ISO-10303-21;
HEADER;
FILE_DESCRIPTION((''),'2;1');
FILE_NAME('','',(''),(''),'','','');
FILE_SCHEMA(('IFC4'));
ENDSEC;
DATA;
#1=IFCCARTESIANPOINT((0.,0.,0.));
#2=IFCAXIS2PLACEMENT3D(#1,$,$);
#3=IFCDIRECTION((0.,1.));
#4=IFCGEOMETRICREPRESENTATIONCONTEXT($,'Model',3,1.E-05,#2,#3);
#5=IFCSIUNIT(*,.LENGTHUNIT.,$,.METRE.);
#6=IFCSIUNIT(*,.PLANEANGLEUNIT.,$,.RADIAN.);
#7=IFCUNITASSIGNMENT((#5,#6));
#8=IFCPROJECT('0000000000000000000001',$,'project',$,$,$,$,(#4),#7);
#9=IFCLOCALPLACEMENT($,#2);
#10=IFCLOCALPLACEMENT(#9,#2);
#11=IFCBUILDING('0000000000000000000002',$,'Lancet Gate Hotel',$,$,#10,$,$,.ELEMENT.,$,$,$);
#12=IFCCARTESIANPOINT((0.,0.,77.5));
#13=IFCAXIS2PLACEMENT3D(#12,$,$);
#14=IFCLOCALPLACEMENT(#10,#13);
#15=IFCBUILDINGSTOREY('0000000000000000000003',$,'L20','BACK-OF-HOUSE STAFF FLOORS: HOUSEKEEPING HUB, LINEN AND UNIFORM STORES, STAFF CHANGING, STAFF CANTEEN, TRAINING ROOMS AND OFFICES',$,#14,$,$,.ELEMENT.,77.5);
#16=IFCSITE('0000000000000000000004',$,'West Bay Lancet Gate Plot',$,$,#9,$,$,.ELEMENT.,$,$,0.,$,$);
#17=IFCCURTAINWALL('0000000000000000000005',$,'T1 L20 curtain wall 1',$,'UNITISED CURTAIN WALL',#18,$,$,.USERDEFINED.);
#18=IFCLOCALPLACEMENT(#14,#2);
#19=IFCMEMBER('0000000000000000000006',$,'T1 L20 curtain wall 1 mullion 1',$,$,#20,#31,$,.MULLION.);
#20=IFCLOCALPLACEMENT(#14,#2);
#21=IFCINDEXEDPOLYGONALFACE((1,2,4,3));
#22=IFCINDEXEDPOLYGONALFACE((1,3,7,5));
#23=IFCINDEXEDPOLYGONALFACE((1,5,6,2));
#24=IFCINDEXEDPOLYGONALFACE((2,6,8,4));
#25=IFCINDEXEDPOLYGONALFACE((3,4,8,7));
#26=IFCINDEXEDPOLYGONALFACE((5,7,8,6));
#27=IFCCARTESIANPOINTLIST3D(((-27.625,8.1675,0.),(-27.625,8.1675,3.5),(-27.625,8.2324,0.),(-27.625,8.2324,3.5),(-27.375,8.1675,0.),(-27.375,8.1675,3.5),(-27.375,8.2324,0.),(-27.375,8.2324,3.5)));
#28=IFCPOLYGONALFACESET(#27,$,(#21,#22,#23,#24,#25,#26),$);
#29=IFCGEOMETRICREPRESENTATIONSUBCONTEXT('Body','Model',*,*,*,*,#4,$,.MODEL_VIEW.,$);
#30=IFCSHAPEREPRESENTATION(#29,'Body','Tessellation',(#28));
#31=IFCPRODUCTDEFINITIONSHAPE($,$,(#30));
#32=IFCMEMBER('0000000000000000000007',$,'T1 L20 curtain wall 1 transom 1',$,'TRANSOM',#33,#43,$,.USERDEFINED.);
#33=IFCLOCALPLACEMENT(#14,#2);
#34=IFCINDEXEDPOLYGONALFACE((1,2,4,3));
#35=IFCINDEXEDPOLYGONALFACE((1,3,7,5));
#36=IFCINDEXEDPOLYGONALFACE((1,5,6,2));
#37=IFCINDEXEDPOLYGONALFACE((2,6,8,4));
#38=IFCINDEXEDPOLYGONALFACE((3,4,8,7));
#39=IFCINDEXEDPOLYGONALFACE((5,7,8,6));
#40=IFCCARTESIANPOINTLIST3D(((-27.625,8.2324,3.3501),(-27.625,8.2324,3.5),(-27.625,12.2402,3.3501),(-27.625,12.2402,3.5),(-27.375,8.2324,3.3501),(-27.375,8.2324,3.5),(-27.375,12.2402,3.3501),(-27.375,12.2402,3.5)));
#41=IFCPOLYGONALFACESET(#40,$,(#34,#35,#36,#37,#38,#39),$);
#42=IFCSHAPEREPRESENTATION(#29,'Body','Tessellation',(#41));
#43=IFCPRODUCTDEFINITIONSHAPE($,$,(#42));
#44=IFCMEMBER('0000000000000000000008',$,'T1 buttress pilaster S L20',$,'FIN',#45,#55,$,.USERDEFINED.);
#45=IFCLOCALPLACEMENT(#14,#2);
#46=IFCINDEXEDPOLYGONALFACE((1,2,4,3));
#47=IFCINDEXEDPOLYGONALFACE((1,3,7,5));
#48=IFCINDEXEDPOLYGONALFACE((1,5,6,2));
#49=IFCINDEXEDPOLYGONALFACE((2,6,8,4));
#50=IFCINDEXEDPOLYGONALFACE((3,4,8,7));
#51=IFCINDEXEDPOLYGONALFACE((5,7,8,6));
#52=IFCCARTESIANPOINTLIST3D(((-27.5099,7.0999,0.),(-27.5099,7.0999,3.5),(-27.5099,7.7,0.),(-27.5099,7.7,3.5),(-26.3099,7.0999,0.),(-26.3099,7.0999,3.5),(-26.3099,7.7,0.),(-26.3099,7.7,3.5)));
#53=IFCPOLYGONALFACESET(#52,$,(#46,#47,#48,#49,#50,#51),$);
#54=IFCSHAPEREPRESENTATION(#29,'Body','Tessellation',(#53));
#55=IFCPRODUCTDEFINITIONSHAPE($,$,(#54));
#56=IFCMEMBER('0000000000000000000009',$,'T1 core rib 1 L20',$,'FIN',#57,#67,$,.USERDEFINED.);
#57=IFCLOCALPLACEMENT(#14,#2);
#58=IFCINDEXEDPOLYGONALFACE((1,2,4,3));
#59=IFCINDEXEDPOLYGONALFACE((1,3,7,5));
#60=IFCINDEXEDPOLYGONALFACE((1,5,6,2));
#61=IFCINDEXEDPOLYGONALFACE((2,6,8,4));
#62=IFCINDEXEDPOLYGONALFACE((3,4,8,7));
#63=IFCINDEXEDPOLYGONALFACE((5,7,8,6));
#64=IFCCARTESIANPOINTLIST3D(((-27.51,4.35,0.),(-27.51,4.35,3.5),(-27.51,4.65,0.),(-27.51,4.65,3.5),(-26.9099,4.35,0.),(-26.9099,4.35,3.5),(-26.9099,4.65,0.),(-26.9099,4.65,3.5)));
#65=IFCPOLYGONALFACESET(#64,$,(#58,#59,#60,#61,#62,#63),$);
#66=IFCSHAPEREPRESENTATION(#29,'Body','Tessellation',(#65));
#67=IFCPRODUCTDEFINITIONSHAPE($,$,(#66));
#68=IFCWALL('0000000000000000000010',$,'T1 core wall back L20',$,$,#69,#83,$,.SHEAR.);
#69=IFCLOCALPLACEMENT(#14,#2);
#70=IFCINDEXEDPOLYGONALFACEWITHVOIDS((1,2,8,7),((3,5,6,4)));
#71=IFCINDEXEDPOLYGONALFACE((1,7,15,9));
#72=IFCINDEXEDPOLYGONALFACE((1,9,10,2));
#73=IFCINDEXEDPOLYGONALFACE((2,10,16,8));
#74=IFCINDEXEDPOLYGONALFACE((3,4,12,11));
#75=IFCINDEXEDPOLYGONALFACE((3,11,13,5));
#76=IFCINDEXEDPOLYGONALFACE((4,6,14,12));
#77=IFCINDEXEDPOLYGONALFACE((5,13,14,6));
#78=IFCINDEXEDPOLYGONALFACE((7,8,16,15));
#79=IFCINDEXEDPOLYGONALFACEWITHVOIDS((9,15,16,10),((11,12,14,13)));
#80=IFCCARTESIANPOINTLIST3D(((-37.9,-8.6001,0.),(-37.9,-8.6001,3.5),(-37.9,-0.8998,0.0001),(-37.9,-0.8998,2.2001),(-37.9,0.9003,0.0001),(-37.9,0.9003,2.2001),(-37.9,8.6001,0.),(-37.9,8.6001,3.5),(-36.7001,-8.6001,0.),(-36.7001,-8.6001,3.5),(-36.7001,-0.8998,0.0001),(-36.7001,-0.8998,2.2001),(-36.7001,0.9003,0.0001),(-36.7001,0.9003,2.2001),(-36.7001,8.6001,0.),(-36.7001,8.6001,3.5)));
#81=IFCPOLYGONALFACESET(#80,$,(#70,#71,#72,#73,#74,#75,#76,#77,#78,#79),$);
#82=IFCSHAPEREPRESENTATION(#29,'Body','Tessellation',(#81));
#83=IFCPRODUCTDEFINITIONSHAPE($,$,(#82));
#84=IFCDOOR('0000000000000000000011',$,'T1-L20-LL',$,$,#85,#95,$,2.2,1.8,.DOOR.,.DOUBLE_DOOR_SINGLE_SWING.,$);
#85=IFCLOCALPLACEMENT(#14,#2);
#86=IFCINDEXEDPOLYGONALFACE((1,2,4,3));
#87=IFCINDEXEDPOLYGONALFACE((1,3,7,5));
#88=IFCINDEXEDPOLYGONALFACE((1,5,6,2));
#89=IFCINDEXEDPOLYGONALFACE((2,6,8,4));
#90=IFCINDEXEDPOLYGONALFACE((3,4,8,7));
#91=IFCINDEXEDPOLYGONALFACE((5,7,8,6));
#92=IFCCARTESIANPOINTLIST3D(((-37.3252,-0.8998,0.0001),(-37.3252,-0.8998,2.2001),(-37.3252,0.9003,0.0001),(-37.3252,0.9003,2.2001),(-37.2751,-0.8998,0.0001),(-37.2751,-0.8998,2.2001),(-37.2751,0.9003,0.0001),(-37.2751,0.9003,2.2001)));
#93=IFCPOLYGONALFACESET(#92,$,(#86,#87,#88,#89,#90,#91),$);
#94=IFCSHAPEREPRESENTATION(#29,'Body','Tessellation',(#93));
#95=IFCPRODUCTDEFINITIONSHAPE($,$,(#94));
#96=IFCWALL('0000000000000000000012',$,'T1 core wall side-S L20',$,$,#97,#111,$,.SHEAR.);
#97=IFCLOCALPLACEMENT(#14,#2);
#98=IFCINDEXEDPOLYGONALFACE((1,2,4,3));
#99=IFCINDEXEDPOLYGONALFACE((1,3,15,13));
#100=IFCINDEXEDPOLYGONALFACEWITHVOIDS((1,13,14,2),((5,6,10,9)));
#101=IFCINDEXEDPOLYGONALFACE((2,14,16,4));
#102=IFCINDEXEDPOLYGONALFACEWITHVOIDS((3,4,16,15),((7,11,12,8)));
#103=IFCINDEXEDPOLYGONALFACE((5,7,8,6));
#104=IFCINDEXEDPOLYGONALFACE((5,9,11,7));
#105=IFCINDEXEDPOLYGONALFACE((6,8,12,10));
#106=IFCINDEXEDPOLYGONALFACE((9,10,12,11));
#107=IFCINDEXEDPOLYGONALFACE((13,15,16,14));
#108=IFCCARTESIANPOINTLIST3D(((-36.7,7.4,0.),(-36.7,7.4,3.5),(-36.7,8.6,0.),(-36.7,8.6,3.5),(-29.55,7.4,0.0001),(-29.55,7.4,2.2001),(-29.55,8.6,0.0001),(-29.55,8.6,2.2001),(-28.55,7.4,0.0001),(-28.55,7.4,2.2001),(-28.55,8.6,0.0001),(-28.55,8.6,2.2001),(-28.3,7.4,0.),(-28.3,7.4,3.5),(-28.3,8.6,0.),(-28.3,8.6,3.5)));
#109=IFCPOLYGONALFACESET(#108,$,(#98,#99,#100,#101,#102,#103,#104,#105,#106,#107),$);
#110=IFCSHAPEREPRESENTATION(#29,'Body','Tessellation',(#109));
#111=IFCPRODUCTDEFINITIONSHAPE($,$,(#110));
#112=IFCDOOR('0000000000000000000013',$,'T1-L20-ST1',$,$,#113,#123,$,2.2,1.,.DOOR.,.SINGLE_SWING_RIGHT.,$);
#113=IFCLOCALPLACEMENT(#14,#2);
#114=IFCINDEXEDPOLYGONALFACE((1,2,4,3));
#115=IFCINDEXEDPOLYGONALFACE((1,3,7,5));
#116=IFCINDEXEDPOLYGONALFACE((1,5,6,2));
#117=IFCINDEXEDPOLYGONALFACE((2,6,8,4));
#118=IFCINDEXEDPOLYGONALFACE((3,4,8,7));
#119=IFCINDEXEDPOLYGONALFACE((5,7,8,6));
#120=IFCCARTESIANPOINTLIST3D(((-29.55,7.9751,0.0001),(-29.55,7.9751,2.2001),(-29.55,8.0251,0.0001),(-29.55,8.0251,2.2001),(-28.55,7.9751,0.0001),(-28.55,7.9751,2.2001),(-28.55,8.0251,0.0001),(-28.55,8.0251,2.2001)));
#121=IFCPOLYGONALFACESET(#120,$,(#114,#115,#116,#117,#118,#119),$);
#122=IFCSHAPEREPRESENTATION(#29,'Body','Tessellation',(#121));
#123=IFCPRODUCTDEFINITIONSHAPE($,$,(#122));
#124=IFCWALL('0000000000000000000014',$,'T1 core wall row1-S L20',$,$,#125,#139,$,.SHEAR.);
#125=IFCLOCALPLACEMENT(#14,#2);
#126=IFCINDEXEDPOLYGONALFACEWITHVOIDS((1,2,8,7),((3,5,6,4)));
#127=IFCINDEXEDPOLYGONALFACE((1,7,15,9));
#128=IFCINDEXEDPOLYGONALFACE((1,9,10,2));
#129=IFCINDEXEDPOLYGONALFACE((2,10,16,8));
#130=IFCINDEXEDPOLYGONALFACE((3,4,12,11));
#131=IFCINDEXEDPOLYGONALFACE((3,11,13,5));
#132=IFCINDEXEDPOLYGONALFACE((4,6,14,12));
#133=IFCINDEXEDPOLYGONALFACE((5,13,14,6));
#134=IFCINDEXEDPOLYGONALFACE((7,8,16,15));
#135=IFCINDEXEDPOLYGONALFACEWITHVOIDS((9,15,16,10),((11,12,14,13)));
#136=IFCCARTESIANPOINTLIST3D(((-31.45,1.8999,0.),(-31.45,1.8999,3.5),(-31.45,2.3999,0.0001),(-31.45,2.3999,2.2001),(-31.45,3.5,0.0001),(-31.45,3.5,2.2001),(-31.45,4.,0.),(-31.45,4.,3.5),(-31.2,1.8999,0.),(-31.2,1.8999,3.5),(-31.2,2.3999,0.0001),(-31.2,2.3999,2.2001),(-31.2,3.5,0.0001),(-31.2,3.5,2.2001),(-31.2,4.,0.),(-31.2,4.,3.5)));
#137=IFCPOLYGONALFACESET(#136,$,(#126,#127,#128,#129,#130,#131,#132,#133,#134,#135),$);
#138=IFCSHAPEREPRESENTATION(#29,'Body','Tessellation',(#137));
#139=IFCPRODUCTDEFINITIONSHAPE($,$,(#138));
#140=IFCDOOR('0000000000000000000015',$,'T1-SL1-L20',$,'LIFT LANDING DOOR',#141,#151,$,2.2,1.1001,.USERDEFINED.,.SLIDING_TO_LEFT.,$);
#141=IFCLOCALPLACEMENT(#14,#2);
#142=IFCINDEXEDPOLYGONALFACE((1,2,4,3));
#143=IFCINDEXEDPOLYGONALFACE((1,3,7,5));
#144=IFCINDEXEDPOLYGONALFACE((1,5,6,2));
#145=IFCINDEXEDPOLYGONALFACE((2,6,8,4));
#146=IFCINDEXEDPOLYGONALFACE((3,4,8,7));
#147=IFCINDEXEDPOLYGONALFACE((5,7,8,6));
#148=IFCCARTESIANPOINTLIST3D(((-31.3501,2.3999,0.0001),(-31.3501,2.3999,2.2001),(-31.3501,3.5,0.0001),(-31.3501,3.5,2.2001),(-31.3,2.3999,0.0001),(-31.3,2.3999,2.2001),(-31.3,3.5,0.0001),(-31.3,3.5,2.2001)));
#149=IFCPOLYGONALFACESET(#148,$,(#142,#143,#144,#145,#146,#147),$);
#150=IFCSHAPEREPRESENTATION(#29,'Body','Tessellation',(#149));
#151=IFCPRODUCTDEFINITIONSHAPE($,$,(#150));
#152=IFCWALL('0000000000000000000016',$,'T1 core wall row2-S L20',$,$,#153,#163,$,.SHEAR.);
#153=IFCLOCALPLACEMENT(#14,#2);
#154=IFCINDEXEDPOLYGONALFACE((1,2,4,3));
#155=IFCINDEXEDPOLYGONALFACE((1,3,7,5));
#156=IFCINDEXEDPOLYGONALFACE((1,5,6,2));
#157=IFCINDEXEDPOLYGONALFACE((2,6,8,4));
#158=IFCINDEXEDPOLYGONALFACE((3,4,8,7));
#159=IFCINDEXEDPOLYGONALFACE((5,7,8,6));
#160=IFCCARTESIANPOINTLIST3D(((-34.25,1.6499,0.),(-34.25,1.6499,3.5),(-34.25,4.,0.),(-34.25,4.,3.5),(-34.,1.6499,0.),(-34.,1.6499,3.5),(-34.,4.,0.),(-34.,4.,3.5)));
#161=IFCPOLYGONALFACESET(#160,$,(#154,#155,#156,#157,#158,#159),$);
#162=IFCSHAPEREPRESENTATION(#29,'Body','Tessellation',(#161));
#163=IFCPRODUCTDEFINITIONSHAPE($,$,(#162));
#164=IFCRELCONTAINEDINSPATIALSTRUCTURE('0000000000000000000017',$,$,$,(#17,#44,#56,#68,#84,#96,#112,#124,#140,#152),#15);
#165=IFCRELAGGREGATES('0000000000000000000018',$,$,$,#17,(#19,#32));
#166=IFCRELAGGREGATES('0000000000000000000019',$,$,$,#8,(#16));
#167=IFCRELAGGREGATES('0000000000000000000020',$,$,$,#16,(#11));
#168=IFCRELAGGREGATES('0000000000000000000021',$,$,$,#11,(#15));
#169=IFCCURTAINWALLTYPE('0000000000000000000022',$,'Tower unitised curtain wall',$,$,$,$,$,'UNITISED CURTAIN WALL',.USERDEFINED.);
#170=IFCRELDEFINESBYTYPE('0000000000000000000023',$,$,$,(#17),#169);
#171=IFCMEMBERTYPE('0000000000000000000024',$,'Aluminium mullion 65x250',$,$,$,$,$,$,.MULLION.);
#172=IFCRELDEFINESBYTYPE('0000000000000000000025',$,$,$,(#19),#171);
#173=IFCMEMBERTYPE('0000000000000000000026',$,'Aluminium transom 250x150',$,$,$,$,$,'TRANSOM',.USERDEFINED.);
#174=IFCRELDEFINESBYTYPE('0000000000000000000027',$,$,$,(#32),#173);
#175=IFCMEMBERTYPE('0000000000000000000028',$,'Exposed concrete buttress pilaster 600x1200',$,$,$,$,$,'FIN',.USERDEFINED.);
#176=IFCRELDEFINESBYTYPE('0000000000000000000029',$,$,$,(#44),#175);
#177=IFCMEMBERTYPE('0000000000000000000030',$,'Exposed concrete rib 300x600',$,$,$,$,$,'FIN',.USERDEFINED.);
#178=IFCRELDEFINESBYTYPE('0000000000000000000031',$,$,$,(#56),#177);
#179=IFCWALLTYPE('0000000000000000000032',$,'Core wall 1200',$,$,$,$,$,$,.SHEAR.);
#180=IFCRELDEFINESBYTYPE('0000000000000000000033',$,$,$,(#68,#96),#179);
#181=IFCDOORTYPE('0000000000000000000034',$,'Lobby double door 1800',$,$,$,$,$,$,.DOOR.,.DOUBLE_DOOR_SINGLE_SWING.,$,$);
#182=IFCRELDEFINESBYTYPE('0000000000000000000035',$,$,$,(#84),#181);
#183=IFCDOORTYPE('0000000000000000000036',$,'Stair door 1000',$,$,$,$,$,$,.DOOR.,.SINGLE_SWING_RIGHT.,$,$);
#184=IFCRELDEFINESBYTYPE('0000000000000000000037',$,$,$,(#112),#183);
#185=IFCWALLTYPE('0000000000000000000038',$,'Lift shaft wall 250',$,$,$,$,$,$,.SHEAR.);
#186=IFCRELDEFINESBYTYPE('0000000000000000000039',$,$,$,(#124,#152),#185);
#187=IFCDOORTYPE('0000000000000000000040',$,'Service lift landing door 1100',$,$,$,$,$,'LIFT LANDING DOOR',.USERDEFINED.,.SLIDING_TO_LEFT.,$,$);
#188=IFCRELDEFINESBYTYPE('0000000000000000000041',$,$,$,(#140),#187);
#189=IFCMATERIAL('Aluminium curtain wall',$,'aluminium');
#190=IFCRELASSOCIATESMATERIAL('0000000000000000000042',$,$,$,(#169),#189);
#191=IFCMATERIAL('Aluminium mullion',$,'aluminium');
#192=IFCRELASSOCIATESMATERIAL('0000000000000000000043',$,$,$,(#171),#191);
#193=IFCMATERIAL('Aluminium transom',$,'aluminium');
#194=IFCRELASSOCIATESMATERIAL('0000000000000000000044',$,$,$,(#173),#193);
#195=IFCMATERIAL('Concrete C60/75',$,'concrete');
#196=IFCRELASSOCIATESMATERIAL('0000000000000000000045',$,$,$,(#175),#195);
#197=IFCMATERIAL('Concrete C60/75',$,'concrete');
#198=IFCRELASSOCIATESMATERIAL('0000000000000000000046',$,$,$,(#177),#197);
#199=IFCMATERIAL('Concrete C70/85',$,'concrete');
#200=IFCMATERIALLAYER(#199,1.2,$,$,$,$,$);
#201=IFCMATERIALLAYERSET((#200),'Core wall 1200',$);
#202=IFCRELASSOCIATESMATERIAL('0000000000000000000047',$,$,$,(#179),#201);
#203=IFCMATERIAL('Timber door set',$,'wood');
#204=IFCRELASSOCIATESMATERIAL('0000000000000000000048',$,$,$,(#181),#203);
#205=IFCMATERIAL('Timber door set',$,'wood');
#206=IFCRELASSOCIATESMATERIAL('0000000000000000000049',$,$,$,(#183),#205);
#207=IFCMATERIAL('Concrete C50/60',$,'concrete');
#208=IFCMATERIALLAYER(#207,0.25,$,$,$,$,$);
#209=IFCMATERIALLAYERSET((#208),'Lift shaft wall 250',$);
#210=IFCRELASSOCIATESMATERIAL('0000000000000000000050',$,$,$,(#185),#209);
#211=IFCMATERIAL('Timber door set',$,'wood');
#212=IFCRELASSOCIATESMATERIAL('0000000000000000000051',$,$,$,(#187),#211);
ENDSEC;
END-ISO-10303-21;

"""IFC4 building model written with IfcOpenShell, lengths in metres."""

from ifc_helpers import new_model, si_unit, direction, frame, frame_2d, origin, origin_2d, place, context, subcontext, project, spatial, rectangle, extrude, material, layer, layer_set, material_profile, profile_set, type_object, element, fill, aggregate, save


model = new_model("IFC4")

# Units and contexts
model_context = context("Model", 3, precision=1e-05, world=origin(), true_north=direction((0.0, 1.0)))
body_context = subcontext(model_context, "Body", "Model", "MODEL_VIEW")
ifc_project = project(units=[si_unit("LENGTHUNIT", "METRE"), si_unit("PLANEANGLEUNIT", "RADIAN")], contexts=[model_context])

# Site, building, storey
site_placement = place(None, origin())
site = spatial("IfcSite", under=ifc_project, at=site_placement, Name="West Bay Lancet Gate Plot", CompositionType="ELEMENT", RefElevation=0.0)
building_placement = place(site_placement, origin())
building = spatial("IfcBuilding", under=site, at=building_placement, Name="Lancet Gate Hotel", CompositionType="ELEMENT")
storey_placement = place(building_placement, frame((0.0, 0.0, 77.5)))
storey = spatial("IfcBuildingStorey", under=building, at=storey_placement, Name="L20", Description="BACK-OF-HOUSE STAFF FLOORS: HOUSEKEEPING HUB, LINEN AND UNIFORM STORES, STAFF CHANGING, STAFF CANTEEN, TRAINING ROOMS AND OFFICES", CompositionType="ELEMENT", Elevation=77.5)

# Curtain wall, members
ifc_material_1 = material(Name="Aluminium curtain wall", Category="aluminium")
curtain_wall_type = type_object("IfcCurtainWallType", Name="Tower unitised curtain wall", ElementType="UNITISED CURTAIN WALL", PredefinedType="USERDEFINED", material=ifc_material_1)
curtain_wall_placement = place(storey_placement, origin())
curtain_wall = element("IfcCurtainWall", 1, at=curtain_wall_placement, inside=storey, type_object=curtain_wall_type, Name="T1 L20 curtain wall 1", ObjectType="UNITISED CURTAIN WALL", PredefinedType="USERDEFINED")
ifc_material_2 = material(Name="Aluminium mullion", Category="aluminium")
ifc_material_profile_1 = material_profile(ifc_material_2, rectangle(XDim=0.0649, YDim=0.25, at=origin_2d()), Name="MULLION 65x250")
ifc_profile_set_1 = profile_set([ifc_material_profile_1], Name="Aluminium mullion")
member_type_1 = type_object("IfcMemberType", Name="Aluminium mullion 65x250", PredefinedType="MULLION", material=ifc_profile_set_1)
member_1_placement = place(storey_placement, frame((-27.5, 8.2, 0.0), z_axis=(0.0, 0.0, 1.0), x_axis=(0.0, 1.0, 0.0)))
member_1 = element("IfcMember", 2, at=member_1_placement, type_object=member_type_1, Name="T1 L20 curtain wall 1 mullion 1", PredefinedType="MULLION", context=body_context, shape_type="SweptSolid", body=[
    extrude(rectangle(XDim=0.0649, YDim=0.25, at=origin_2d()), origin(), (0.0, 0.0, 1.0), 3.5),
])
ifc_material_3 = material(Name="Aluminium transom", Category="aluminium")
ifc_material_profile_2 = material_profile(ifc_material_3, rectangle(XDim=0.25, YDim=0.1499, at=origin_2d()), Name="TRANSOM 250x150")
ifc_profile_set_2 = profile_set([ifc_material_profile_2], Name="Aluminium transom")
member_type_2 = type_object("IfcMemberType", Name="Aluminium transom 250x150", ElementType="TRANSOM", PredefinedType="USERDEFINED", material=ifc_profile_set_2)
member_2_placement = place(storey_placement, frame((-27.5, 8.2324, 3.425), z_axis=(0.0, 1.0, 0.0), x_axis=(-1.0, 0.0, 0.0)))
member_2 = element("IfcMember", 3, at=member_2_placement, type_object=member_type_2, Name="T1 L20 curtain wall 1 transom 1", ObjectType="TRANSOM", PredefinedType="USERDEFINED", context=body_context, shape_type="SweptSolid", body=[
    extrude(rectangle(XDim=0.25, YDim=0.1499, at=origin_2d()), origin(), (0.0, 0.0, 1.0), 4.0078),
])
aggregate(curtain_wall, [member_1, member_2])

# Members
ifc_material_4 = material(Name="Concrete C60/75", Category="concrete")
ifc_material_profile_3 = material_profile(ifc_material_4, rectangle(XDim=0.6001, YDim=1.2, at=origin_2d()), Name="FIN 600x1200")
ifc_profile_set_3 = profile_set([ifc_material_profile_3], Name="Concrete C60/75")
member_type_3 = type_object("IfcMemberType", Name="Exposed concrete buttress pilaster 600x1200", ElementType="FIN", PredefinedType="USERDEFINED", material=ifc_profile_set_3)
member_3_placement = place(storey_placement, frame((-26.9099, 7.3999, 0.0), z_axis=(0.0, 0.0, 1.0), x_axis=(0.0, 1.0, 0.0)))
element("IfcMember", 4, at=member_3_placement, inside=storey, type_object=member_type_3, Name="T1 buttress pilaster S L20", ObjectType="FIN", PredefinedType="USERDEFINED", context=body_context, shape_type="SweptSolid", body=[
    extrude(rectangle(XDim=0.6001, YDim=1.2, at=origin_2d()), origin(), (0.0, 0.0, 1.0), 3.5),
])
ifc_material_5 = material(Name="Concrete C60/75", Category="concrete")
ifc_material_profile_4 = material_profile(ifc_material_5, rectangle(XDim=0.3, YDim=0.6001, at=origin_2d()), Name="FIN 300x600")
ifc_profile_set_4 = profile_set([ifc_material_profile_4], Name="Concrete C60/75")
member_type_4 = type_object("IfcMemberType", Name="Exposed concrete rib 300x600", ElementType="FIN", PredefinedType="USERDEFINED", material=ifc_profile_set_4)
member_4_placement = place(storey_placement, frame((-27.21, 4.5, 0.0), z_axis=(0.0, 0.0, 1.0), x_axis=(0.0, 1.0, 0.0)))
element("IfcMember", 5, at=member_4_placement, inside=storey, type_object=member_type_4, Name="T1 core rib 1 L20", ObjectType="FIN", PredefinedType="USERDEFINED", context=body_context, shape_type="SweptSolid", body=[
    extrude(rectangle(XDim=0.3, YDim=0.6001, at=origin_2d()), origin(), (0.0, 0.0, 1.0), 3.5),
])

# Walls, openings, doors
ifc_material_6 = material(Name="Concrete C70/85", Category="concrete")
ifc_layer_1 = layer(ifc_material_6, 1.2)
ifc_layer_set_1 = layer_set([ifc_layer_1], Name="Core wall 1200")
wall_type_1 = type_object("IfcWallType", Name="Core wall 1200", PredefinedType="SHEAR", material=ifc_layer_set_1)
wall_1_placement = place(storey_placement, frame((-37.3, 8.6001, 0.0), z_axis=(0.0, 0.0, 1.0), x_axis=(0.0, -1.0, 0.0)))
wall_1 = element("IfcWall", 6, at=wall_1_placement, inside=storey, type_object=wall_type_1, Name="T1 core wall back L20", PredefinedType="SHEAR", context=body_context, shape_type="SweptSolid", body=[
    extrude(rectangle(XDim=17.2002, YDim=1.2, at=frame_2d((8.6001, 0.0))), origin(), (0.0, 0.0, 1.0), 3.5),
])
opening_1_placement = place(wall_1_placement, frame((7.7, 0.0, 0.0)))
opening_1 = element("IfcOpeningElement", 7, at=opening_1_placement, cuts=wall_1, PredefinedType="OPENING", context=body_context, shape_type="SweptSolid", body=[
    extrude(rectangle(XDim=1.8, YDim=2.2, at=frame_2d((0.8999, 1.1001))), frame((0.0, 0.6099, 0.0), z_axis=(0.0, -1.0, 0.0), x_axis=(1.0, 0.0, 0.0)), (0.0, 0.0, 1.0), 1.22),
])
ifc_material_7 = material(Name="Timber door set", Category="wood")
door_type_1 = type_object("IfcDoorType", Name="Lobby double door 1800", OperationType="DOUBLE_DOOR_SINGLE_SWING", PredefinedType="DOOR", material=ifc_material_7)
door_1_placement = place(opening_1_placement, origin())
door_1 = element("IfcDoor", 8, at=door_1_placement, inside=storey, type_object=door_type_1, Name="T1-L20-LL", OperationType="DOUBLE_DOOR_SINGLE_SWING", OverallHeight=2.2, OverallWidth=1.8, PredefinedType="DOOR", context=body_context, shape_type="SweptSolid", body=[
    extrude(rectangle(XDim=1.8, YDim=2.2, at=frame_2d((0.8999, 1.1001))), frame((0.0, 0.0249, 0.0), z_axis=(0.0, -1.0, 0.0), x_axis=(1.0, 0.0, 0.0)), (0.0, 0.0, 1.0), 0.05),
])
fill(opening_1, door_1)
wall_2_placement = place(storey_placement, frame((-28.3, 8.0, 0.0), z_axis=(0.0, 0.0, 1.0), x_axis=(-1.0, 0.0, 0.0)))
wall_2 = element("IfcWall", 9, at=wall_2_placement, inside=storey, type_object=wall_type_1, Name="T1 core wall side-S L20", PredefinedType="SHEAR", context=body_context, shape_type="SweptSolid", body=[
    extrude(rectangle(XDim=8.3999, YDim=1.2, at=frame_2d((4.2, 0.0))), origin(), (0.0, 0.0, 1.0), 3.5),
])
opening_2_placement = place(wall_2_placement, frame((0.25, 0.0, 0.0)))
opening_2 = element("IfcOpeningElement", 10, at=opening_2_placement, cuts=wall_2, PredefinedType="OPENING", context=body_context, shape_type="SweptSolid", body=[
    extrude(rectangle(XDim=1.0, YDim=2.2, at=frame_2d((0.5, 1.1001))), frame((0.0, 0.6099, 0.0), z_axis=(0.0, -1.0, 0.0), x_axis=(1.0, 0.0, 0.0)), (0.0, 0.0, 1.0), 1.22),
])
ifc_material_8 = material(Name="Timber door set", Category="wood")
door_type_2 = type_object("IfcDoorType", Name="Stair door 1000", OperationType="SINGLE_SWING_RIGHT", PredefinedType="DOOR", material=ifc_material_8)
door_2_placement = place(opening_2_placement, origin())
door_2 = element("IfcDoor", 11, at=door_2_placement, inside=storey, type_object=door_type_2, Name="T1-L20-ST1", OperationType="SINGLE_SWING_RIGHT", OverallHeight=2.2, OverallWidth=1.0, PredefinedType="DOOR", context=body_context, shape_type="SweptSolid", body=[
    extrude(rectangle(XDim=1.0, YDim=2.2, at=frame_2d((0.5, 1.1001))), frame((0.0, 0.0249, 0.0), z_axis=(0.0, -1.0, 0.0), x_axis=(1.0, 0.0, 0.0)), (0.0, 0.0, 1.0), 0.05),
])
fill(opening_2, door_2)
ifc_material_9 = material(Name="Concrete C50/60", Category="concrete")
ifc_layer_2 = layer(ifc_material_9, 0.25)
ifc_layer_set_2 = layer_set([ifc_layer_2], Name="Lift shaft wall 250")
wall_type_2 = type_object("IfcWallType", Name="Lift shaft wall 250", PredefinedType="SHEAR", material=ifc_layer_set_2)
wall_3_placement = place(storey_placement, frame((-31.325, 4.0, 0.0), z_axis=(0.0, 0.0, 1.0), x_axis=(0.0, -1.0, 0.0)))
wall_3 = element("IfcWall", 12, at=wall_3_placement, inside=storey, type_object=wall_type_2, Name="T1 core wall row1-S L20", PredefinedType="SHEAR", context=body_context, shape_type="SweptSolid", body=[
    extrude(rectangle(XDim=2.1001, YDim=0.25, at=frame_2d((1.05, 0.0))), origin(), (0.0, 0.0, 1.0), 3.5),
])
opening_3_placement = place(wall_3_placement, frame((0.5, 0.0, 0.0)))
opening_3 = element("IfcOpeningElement", 13, at=opening_3_placement, cuts=wall_3, PredefinedType="OPENING", context=body_context, shape_type="SweptSolid", body=[
    extrude(rectangle(XDim=1.1001, YDim=2.2, at=frame_2d((0.55, 1.1001))), frame((0.0, 0.135, 0.0), z_axis=(0.0, -1.0, 0.0), x_axis=(1.0, 0.0, 0.0)), (0.0, 0.0, 1.0), 0.27),
])
ifc_material_10 = material(Name="Timber door set", Category="wood")
door_type_3 = type_object("IfcDoorType", Name="Service lift landing door 1100", ElementType="LIFT LANDING DOOR", OperationType="SLIDING_TO_LEFT", PredefinedType="USERDEFINED", material=ifc_material_10)
door_3_placement = place(opening_3_placement, origin())
door_3 = element("IfcDoor", 14, at=door_3_placement, inside=storey, type_object=door_type_3, Name="T1-SL1-L20", ObjectType="LIFT LANDING DOOR", OperationType="SLIDING_TO_LEFT", OverallHeight=2.2, OverallWidth=1.1001, PredefinedType="USERDEFINED", context=body_context, shape_type="SweptSolid", body=[
    extrude(rectangle(XDim=1.1001, YDim=2.2, at=frame_2d((0.55, 1.1001))), frame((0.0, 0.0249, 0.0), z_axis=(0.0, -1.0, 0.0), x_axis=(1.0, 0.0, 0.0)), (0.0, 0.0, 1.0), 0.05),
])
fill(opening_3, door_3)

# Wall
wall_4_placement = place(storey_placement, frame((-34.125, 4.0, 0.0), z_axis=(0.0, 0.0, 1.0), x_axis=(0.0, -1.0, 0.0)))
element("IfcWall", 15, at=wall_4_placement, inside=storey, type_object=wall_type_2, Name="T1 core wall row2-S L20", PredefinedType="SHEAR", context=body_context, shape_type="SweptSolid", body=[
    extrude(rectangle(XDim=2.3501, YDim=0.25, at=frame_2d((1.175, 0.0))), origin(), (0.0, 0.0, 1.0), 3.5),
])

save(model, "model.ifc")
